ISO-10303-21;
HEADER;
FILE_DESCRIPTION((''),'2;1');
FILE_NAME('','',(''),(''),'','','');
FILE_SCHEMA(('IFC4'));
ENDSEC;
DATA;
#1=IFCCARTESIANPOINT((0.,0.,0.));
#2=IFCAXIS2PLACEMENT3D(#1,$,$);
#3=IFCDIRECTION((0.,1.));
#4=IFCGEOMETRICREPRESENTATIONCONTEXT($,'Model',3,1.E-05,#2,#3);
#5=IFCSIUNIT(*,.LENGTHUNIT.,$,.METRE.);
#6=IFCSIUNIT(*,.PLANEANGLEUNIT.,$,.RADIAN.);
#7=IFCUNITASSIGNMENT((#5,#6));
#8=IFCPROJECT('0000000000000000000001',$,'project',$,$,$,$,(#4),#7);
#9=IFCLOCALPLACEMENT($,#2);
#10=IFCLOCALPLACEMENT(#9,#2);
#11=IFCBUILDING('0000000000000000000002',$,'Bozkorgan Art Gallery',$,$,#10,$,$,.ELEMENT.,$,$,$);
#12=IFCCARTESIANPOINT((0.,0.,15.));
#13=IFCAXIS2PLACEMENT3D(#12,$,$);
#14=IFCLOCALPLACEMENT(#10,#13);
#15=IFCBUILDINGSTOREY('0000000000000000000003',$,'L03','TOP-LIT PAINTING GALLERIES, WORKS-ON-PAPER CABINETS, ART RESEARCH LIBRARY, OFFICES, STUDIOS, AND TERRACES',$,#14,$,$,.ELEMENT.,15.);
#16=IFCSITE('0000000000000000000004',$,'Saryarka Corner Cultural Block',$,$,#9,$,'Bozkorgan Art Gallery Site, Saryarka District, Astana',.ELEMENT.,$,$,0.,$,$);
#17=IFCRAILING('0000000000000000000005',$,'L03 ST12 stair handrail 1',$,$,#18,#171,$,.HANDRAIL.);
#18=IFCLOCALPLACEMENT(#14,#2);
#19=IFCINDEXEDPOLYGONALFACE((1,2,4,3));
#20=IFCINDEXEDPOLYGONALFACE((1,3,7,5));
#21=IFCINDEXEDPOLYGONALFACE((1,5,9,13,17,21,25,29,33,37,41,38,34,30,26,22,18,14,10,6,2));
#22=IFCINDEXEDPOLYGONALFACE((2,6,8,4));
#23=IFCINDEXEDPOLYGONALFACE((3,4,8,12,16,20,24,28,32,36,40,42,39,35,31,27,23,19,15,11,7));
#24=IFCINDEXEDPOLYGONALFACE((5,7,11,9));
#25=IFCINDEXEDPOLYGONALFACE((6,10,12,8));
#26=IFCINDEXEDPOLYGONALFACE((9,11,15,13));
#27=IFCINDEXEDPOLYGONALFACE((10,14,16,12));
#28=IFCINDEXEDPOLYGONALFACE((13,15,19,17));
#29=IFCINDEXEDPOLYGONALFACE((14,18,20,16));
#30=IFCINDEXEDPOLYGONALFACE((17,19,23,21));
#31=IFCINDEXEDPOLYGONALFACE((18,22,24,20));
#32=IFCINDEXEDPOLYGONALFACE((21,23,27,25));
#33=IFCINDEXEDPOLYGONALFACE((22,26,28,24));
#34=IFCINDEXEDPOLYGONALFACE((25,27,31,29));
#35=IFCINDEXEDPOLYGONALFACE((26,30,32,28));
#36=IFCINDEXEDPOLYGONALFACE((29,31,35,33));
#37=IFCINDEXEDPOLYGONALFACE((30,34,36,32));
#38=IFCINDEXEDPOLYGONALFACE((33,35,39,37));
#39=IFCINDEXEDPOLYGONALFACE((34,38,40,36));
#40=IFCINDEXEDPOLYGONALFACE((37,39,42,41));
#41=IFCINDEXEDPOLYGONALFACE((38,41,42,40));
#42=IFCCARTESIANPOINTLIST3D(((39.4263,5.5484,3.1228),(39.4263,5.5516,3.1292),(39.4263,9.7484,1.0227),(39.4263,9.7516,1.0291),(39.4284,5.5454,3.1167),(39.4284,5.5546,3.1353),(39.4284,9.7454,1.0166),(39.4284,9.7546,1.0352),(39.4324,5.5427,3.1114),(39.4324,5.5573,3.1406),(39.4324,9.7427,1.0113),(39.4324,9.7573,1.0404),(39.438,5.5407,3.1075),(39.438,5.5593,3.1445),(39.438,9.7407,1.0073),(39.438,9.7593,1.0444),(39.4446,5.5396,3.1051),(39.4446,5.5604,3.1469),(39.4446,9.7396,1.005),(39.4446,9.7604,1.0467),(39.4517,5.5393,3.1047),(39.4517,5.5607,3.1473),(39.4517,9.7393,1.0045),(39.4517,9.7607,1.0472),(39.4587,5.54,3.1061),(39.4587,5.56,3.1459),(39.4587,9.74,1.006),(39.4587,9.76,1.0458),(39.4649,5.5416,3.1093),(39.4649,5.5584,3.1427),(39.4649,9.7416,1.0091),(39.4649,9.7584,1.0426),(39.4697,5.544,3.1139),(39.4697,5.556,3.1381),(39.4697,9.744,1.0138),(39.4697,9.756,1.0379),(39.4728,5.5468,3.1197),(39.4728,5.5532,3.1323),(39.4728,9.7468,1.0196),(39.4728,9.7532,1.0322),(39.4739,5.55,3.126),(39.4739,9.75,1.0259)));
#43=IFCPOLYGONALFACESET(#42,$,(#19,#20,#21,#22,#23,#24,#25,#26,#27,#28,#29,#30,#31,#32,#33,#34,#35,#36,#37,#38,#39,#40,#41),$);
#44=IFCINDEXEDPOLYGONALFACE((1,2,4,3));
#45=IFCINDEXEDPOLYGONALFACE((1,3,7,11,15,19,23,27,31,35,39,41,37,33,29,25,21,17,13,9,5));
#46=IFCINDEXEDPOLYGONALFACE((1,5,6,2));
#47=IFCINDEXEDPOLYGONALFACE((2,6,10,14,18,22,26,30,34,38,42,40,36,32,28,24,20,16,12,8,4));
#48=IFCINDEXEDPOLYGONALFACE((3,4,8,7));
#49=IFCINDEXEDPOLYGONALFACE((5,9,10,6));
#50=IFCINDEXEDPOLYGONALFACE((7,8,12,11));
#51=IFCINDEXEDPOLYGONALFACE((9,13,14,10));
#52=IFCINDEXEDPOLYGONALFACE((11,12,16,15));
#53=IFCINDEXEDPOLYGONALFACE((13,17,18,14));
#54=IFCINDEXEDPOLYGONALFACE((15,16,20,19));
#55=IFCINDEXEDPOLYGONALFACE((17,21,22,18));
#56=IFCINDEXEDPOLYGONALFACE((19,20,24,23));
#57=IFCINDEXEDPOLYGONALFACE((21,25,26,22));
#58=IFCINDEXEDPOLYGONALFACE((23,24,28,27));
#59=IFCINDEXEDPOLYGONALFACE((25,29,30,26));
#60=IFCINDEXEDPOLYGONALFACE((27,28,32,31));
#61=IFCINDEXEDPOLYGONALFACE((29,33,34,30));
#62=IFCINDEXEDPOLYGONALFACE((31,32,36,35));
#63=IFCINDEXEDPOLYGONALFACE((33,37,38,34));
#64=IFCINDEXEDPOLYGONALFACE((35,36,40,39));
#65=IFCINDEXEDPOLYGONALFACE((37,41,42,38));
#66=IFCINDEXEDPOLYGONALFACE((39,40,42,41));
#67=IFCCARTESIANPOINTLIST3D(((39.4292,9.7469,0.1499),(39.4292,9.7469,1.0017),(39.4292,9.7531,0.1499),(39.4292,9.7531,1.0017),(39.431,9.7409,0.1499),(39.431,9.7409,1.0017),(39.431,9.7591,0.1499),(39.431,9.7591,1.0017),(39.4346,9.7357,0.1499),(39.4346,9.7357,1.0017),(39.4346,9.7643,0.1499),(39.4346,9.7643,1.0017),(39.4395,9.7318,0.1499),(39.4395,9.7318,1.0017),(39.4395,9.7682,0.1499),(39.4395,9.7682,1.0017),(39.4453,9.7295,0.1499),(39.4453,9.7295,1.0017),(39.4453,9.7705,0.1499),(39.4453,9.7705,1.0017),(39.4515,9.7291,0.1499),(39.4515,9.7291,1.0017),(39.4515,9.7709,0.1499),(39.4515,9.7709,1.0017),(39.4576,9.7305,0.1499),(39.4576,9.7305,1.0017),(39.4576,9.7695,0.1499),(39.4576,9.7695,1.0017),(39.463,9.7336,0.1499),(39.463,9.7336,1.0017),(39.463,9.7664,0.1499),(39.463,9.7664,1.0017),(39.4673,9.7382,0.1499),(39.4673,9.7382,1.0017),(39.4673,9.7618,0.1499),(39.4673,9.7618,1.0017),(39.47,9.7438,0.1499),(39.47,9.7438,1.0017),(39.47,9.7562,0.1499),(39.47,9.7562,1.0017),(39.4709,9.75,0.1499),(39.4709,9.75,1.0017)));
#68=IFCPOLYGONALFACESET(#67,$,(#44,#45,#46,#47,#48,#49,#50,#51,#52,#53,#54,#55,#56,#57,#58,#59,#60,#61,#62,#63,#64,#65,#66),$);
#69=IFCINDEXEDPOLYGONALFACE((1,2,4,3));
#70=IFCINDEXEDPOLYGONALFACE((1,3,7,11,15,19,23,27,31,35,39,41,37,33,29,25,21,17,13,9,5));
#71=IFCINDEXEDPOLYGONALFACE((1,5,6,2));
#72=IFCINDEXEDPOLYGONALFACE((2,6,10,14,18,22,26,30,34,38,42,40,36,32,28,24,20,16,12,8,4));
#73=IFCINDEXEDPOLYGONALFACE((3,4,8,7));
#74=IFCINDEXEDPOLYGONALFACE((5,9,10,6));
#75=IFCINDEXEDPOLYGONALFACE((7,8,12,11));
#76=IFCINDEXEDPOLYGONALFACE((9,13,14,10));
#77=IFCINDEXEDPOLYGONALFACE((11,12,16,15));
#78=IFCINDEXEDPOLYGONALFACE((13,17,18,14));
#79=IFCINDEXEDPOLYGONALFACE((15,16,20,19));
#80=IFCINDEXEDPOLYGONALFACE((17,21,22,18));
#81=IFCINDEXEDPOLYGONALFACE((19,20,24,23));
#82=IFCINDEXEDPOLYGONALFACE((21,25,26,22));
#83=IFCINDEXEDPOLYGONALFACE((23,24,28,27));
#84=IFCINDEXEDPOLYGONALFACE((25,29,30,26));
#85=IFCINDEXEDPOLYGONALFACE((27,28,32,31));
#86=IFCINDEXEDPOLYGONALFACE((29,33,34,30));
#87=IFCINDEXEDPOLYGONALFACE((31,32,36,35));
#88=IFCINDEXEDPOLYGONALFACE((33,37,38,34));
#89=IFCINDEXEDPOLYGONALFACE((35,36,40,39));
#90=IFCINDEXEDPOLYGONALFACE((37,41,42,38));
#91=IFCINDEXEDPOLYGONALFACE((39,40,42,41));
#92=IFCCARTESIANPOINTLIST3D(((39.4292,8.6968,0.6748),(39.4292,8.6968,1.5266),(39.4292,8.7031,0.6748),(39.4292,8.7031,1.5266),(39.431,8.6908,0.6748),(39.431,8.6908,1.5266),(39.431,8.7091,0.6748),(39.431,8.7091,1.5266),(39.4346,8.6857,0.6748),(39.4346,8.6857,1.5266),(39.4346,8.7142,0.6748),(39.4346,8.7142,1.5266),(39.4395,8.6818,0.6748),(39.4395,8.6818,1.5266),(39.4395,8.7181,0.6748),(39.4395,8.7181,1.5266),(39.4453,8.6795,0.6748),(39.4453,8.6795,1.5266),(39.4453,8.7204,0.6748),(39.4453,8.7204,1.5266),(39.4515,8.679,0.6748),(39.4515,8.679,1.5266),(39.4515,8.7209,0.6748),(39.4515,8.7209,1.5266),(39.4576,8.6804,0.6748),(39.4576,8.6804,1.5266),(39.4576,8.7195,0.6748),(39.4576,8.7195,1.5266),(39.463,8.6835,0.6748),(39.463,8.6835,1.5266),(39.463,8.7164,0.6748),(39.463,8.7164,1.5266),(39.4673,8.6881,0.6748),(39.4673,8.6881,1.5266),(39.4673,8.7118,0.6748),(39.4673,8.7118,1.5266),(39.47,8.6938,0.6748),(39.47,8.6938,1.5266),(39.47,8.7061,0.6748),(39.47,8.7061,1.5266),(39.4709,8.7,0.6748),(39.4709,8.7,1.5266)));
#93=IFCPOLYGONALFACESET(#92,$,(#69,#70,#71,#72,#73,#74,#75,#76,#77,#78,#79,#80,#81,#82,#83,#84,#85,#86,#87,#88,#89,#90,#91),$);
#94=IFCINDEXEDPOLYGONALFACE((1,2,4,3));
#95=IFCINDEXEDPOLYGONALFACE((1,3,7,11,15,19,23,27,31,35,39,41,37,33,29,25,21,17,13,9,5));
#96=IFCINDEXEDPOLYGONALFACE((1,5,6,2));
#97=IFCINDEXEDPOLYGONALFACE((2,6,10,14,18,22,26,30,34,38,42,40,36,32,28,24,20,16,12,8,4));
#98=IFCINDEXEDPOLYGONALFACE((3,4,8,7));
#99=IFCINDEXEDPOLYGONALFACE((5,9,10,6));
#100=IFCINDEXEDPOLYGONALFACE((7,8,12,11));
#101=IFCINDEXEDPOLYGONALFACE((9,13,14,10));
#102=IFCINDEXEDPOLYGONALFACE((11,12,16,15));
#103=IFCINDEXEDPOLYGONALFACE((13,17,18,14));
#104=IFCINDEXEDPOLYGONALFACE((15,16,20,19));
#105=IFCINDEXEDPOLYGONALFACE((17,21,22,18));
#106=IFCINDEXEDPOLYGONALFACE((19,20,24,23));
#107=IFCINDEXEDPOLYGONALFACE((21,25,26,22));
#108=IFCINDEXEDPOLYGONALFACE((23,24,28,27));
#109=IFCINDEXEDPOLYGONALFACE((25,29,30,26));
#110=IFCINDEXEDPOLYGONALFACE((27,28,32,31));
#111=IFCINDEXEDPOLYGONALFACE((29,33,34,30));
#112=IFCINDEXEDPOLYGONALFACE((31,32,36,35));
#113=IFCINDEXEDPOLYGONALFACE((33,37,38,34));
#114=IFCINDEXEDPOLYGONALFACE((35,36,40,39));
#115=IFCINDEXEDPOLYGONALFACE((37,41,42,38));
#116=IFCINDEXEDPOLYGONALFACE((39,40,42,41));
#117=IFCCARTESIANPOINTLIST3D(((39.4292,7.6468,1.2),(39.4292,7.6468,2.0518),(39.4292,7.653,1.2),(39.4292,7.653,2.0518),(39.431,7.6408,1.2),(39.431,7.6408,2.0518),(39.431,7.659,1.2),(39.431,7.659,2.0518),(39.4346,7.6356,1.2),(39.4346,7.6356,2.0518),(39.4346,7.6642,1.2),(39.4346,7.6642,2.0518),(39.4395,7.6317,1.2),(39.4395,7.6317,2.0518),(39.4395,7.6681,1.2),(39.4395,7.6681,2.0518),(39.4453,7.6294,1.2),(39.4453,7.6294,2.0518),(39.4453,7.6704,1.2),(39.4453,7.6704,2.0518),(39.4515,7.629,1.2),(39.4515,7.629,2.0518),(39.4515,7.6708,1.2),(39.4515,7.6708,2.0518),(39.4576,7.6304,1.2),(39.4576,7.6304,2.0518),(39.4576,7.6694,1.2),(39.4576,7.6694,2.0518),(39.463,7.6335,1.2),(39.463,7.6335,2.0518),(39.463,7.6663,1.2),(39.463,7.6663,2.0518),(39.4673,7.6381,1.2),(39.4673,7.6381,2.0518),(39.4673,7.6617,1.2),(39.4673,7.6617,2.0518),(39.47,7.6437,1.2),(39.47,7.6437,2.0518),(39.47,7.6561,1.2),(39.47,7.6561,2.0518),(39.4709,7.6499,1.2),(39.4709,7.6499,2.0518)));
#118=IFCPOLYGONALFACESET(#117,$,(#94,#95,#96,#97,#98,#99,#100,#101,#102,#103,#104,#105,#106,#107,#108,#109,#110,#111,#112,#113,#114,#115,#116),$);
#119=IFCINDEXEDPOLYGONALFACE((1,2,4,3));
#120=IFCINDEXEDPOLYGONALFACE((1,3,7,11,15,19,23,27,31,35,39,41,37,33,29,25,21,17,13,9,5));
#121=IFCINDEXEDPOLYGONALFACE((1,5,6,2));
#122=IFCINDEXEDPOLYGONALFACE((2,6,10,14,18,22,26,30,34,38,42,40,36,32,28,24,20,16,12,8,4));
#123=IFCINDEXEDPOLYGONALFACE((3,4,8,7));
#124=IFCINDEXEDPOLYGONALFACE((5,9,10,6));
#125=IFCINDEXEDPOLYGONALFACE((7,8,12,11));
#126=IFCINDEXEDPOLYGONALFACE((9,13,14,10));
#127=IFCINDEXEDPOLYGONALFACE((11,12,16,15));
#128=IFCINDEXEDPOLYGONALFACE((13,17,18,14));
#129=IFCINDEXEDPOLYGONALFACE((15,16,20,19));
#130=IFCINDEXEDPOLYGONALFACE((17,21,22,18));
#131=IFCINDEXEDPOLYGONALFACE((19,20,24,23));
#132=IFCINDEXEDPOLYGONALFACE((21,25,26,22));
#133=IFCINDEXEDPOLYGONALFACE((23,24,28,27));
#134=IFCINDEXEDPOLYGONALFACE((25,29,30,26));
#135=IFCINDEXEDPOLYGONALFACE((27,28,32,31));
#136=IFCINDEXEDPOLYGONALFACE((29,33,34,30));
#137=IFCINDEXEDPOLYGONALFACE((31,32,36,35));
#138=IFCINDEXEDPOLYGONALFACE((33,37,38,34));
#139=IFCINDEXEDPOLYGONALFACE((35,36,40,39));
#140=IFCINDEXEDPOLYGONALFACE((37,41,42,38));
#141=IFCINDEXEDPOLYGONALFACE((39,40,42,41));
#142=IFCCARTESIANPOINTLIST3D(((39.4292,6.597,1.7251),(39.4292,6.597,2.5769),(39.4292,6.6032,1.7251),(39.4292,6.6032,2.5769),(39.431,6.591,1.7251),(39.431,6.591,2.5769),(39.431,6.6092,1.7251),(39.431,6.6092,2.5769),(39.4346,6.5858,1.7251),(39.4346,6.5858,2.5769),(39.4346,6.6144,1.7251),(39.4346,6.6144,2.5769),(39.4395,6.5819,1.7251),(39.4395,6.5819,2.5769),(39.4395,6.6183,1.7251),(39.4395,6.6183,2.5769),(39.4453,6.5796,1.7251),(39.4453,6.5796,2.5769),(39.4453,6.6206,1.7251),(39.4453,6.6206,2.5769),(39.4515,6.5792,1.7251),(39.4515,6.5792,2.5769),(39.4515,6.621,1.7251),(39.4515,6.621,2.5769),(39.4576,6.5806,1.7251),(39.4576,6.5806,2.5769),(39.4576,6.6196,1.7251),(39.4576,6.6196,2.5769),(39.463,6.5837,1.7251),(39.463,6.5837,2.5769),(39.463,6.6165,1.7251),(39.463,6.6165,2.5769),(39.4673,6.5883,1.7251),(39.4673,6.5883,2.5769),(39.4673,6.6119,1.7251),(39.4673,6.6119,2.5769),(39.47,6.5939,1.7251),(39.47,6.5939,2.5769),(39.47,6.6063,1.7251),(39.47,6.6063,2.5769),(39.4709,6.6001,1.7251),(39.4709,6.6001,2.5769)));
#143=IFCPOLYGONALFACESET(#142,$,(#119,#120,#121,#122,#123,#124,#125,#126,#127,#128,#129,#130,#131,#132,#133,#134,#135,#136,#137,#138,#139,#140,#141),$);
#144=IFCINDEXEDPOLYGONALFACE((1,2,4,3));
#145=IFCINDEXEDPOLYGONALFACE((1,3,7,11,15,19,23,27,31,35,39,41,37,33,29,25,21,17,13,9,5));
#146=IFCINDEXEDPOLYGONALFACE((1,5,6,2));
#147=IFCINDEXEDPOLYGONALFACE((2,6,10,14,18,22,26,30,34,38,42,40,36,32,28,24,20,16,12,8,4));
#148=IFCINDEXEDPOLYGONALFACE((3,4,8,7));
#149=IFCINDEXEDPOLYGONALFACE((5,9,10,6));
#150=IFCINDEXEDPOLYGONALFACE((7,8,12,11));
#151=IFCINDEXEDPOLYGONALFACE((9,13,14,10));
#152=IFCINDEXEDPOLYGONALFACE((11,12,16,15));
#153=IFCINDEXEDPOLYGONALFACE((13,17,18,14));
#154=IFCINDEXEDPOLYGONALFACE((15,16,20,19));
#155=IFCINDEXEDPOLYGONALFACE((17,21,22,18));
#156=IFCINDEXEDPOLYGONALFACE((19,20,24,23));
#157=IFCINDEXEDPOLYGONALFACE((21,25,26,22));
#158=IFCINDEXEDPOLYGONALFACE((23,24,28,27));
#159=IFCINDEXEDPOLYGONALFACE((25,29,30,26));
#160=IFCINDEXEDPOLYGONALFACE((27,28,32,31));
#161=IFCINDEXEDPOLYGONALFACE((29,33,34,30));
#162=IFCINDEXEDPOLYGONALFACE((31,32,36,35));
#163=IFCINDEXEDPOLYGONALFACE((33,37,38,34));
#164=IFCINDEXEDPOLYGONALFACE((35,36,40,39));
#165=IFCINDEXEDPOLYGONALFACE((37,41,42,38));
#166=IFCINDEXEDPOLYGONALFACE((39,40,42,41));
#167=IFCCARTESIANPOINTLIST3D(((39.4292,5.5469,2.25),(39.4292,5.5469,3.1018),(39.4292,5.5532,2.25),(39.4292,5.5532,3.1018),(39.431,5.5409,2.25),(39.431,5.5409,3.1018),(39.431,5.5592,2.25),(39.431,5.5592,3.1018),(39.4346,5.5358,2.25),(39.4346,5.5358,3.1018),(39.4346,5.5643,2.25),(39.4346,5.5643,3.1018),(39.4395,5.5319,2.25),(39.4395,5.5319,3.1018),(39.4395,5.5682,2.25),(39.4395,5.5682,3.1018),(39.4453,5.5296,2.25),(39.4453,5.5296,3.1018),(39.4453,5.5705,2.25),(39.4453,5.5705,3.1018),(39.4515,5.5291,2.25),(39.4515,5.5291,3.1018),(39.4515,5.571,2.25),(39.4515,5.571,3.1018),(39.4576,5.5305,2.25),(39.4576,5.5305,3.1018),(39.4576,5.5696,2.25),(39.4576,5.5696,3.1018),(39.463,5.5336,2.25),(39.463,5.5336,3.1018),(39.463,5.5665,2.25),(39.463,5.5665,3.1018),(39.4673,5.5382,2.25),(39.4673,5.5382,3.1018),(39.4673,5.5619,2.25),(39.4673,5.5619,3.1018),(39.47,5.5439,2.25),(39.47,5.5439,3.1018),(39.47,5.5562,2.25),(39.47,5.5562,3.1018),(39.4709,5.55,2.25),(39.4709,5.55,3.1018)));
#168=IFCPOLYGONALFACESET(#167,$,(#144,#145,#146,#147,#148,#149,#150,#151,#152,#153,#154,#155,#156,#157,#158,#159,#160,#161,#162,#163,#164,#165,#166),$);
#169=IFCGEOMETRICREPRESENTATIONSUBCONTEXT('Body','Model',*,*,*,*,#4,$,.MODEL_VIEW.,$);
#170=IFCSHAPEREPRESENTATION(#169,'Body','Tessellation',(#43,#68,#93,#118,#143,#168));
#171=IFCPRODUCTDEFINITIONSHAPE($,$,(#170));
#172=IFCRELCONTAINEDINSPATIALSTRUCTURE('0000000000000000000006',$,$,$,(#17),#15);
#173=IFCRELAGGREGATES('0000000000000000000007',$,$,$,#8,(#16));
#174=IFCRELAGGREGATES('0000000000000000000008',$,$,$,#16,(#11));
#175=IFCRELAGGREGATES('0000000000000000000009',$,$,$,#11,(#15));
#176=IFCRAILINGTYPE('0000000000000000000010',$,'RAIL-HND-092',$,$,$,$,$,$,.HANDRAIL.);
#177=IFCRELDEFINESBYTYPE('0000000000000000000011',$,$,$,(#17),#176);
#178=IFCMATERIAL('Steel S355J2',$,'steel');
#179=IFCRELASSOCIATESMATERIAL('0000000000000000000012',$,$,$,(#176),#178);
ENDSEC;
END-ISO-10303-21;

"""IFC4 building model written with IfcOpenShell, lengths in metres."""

from ifc_helpers import new_model, si_unit, direction, frame, origin, origin_2d, place, context, subcontext, project, spatial, circle, extrude, material, type_object, element, save


model = new_model("IFC4")

# Units and contexts
model_context = context("Model", 3, precision=1e-05, world=origin(), true_north=direction((0.0, 1.0)))
body_context = subcontext(model_context, "Body", "Model", "MODEL_VIEW")
ifc_project = project(units=[si_unit("LENGTHUNIT", "METRE"), si_unit("PLANEANGLEUNIT", "RADIAN")], contexts=[model_context])

# Site, building, storey
site_placement = place(None, origin())
site = spatial("IfcSite", under=ifc_project, at=site_placement, Name="Saryarka Corner Cultural Block", LongName="Bozkorgan Art Gallery Site, Saryarka District, Astana", CompositionType="ELEMENT", RefElevation=0.0)
building_placement = place(site_placement, origin())
building = spatial("IfcBuilding", under=site, at=building_placement, Name="Bozkorgan Art Gallery", CompositionType="ELEMENT")
storey_placement = place(building_placement, frame((0.0, 0.0, 15.0)))
storey = spatial("IfcBuildingStorey", under=building, at=storey_placement, Name="L03", Description="TOP-LIT PAINTING GALLERIES, WORKS-ON-PAPER CABINETS, ART RESEARCH LIBRARY, OFFICES, STUDIOS, AND TERRACES", CompositionType="ELEMENT", Elevation=15.0)

# Shared definitions
ifc_material_1 = material(Name="Steel S355J2", Category="steel")

# Railing
railing_type = type_object("IfcRailingType", Name="RAIL-HND-092", PredefinedType="HANDRAIL", material=ifc_material_1)
railing_placement = place(storey_placement, frame((39.45, 9.75, 0.1499)))
element("IfcRailing", 1, at=railing_placement, inside=storey, type_object=railing_type, Name="L03 ST12 stair handrail 1", PredefinedType="HANDRAIL", context=body_context, shape_type="SweptSolid", body=[
    extrude(circle(Radius=0.0239, at=origin_2d()), frame((0.0, 0.0, 0.876), z_axis=(0.0, -0.894417, 0.447234), x_axis=(1.0, 0.0, 0.0)), (0.0, 0.0, 1.0), 4.6958),
    extrude(circle(Radius=0.021, at=origin_2d()), origin(), (0.0, 0.0, 1.0), 0.8518),
    extrude(circle(Radius=0.021, at=origin_2d()), frame((0.0, -1.05, 0.5249)), (0.0, 0.0, 1.0), 0.8518),
    extrude(circle(Radius=0.021, at=origin_2d()), frame((0.0, -2.1001, 1.05)), (0.0, 0.0, 1.0), 0.8518),
    extrude(circle(Radius=0.021, at=origin_2d()), frame((0.0, -3.1499, 1.5752)), (0.0, 0.0, 1.0), 0.8518),
    extrude(circle(Radius=0.021, at=origin_2d()), frame((0.0, -4.2, 2.1001)), (0.0, 0.0, 1.0), 0.8518),
])

save(model, "model.ifc")
